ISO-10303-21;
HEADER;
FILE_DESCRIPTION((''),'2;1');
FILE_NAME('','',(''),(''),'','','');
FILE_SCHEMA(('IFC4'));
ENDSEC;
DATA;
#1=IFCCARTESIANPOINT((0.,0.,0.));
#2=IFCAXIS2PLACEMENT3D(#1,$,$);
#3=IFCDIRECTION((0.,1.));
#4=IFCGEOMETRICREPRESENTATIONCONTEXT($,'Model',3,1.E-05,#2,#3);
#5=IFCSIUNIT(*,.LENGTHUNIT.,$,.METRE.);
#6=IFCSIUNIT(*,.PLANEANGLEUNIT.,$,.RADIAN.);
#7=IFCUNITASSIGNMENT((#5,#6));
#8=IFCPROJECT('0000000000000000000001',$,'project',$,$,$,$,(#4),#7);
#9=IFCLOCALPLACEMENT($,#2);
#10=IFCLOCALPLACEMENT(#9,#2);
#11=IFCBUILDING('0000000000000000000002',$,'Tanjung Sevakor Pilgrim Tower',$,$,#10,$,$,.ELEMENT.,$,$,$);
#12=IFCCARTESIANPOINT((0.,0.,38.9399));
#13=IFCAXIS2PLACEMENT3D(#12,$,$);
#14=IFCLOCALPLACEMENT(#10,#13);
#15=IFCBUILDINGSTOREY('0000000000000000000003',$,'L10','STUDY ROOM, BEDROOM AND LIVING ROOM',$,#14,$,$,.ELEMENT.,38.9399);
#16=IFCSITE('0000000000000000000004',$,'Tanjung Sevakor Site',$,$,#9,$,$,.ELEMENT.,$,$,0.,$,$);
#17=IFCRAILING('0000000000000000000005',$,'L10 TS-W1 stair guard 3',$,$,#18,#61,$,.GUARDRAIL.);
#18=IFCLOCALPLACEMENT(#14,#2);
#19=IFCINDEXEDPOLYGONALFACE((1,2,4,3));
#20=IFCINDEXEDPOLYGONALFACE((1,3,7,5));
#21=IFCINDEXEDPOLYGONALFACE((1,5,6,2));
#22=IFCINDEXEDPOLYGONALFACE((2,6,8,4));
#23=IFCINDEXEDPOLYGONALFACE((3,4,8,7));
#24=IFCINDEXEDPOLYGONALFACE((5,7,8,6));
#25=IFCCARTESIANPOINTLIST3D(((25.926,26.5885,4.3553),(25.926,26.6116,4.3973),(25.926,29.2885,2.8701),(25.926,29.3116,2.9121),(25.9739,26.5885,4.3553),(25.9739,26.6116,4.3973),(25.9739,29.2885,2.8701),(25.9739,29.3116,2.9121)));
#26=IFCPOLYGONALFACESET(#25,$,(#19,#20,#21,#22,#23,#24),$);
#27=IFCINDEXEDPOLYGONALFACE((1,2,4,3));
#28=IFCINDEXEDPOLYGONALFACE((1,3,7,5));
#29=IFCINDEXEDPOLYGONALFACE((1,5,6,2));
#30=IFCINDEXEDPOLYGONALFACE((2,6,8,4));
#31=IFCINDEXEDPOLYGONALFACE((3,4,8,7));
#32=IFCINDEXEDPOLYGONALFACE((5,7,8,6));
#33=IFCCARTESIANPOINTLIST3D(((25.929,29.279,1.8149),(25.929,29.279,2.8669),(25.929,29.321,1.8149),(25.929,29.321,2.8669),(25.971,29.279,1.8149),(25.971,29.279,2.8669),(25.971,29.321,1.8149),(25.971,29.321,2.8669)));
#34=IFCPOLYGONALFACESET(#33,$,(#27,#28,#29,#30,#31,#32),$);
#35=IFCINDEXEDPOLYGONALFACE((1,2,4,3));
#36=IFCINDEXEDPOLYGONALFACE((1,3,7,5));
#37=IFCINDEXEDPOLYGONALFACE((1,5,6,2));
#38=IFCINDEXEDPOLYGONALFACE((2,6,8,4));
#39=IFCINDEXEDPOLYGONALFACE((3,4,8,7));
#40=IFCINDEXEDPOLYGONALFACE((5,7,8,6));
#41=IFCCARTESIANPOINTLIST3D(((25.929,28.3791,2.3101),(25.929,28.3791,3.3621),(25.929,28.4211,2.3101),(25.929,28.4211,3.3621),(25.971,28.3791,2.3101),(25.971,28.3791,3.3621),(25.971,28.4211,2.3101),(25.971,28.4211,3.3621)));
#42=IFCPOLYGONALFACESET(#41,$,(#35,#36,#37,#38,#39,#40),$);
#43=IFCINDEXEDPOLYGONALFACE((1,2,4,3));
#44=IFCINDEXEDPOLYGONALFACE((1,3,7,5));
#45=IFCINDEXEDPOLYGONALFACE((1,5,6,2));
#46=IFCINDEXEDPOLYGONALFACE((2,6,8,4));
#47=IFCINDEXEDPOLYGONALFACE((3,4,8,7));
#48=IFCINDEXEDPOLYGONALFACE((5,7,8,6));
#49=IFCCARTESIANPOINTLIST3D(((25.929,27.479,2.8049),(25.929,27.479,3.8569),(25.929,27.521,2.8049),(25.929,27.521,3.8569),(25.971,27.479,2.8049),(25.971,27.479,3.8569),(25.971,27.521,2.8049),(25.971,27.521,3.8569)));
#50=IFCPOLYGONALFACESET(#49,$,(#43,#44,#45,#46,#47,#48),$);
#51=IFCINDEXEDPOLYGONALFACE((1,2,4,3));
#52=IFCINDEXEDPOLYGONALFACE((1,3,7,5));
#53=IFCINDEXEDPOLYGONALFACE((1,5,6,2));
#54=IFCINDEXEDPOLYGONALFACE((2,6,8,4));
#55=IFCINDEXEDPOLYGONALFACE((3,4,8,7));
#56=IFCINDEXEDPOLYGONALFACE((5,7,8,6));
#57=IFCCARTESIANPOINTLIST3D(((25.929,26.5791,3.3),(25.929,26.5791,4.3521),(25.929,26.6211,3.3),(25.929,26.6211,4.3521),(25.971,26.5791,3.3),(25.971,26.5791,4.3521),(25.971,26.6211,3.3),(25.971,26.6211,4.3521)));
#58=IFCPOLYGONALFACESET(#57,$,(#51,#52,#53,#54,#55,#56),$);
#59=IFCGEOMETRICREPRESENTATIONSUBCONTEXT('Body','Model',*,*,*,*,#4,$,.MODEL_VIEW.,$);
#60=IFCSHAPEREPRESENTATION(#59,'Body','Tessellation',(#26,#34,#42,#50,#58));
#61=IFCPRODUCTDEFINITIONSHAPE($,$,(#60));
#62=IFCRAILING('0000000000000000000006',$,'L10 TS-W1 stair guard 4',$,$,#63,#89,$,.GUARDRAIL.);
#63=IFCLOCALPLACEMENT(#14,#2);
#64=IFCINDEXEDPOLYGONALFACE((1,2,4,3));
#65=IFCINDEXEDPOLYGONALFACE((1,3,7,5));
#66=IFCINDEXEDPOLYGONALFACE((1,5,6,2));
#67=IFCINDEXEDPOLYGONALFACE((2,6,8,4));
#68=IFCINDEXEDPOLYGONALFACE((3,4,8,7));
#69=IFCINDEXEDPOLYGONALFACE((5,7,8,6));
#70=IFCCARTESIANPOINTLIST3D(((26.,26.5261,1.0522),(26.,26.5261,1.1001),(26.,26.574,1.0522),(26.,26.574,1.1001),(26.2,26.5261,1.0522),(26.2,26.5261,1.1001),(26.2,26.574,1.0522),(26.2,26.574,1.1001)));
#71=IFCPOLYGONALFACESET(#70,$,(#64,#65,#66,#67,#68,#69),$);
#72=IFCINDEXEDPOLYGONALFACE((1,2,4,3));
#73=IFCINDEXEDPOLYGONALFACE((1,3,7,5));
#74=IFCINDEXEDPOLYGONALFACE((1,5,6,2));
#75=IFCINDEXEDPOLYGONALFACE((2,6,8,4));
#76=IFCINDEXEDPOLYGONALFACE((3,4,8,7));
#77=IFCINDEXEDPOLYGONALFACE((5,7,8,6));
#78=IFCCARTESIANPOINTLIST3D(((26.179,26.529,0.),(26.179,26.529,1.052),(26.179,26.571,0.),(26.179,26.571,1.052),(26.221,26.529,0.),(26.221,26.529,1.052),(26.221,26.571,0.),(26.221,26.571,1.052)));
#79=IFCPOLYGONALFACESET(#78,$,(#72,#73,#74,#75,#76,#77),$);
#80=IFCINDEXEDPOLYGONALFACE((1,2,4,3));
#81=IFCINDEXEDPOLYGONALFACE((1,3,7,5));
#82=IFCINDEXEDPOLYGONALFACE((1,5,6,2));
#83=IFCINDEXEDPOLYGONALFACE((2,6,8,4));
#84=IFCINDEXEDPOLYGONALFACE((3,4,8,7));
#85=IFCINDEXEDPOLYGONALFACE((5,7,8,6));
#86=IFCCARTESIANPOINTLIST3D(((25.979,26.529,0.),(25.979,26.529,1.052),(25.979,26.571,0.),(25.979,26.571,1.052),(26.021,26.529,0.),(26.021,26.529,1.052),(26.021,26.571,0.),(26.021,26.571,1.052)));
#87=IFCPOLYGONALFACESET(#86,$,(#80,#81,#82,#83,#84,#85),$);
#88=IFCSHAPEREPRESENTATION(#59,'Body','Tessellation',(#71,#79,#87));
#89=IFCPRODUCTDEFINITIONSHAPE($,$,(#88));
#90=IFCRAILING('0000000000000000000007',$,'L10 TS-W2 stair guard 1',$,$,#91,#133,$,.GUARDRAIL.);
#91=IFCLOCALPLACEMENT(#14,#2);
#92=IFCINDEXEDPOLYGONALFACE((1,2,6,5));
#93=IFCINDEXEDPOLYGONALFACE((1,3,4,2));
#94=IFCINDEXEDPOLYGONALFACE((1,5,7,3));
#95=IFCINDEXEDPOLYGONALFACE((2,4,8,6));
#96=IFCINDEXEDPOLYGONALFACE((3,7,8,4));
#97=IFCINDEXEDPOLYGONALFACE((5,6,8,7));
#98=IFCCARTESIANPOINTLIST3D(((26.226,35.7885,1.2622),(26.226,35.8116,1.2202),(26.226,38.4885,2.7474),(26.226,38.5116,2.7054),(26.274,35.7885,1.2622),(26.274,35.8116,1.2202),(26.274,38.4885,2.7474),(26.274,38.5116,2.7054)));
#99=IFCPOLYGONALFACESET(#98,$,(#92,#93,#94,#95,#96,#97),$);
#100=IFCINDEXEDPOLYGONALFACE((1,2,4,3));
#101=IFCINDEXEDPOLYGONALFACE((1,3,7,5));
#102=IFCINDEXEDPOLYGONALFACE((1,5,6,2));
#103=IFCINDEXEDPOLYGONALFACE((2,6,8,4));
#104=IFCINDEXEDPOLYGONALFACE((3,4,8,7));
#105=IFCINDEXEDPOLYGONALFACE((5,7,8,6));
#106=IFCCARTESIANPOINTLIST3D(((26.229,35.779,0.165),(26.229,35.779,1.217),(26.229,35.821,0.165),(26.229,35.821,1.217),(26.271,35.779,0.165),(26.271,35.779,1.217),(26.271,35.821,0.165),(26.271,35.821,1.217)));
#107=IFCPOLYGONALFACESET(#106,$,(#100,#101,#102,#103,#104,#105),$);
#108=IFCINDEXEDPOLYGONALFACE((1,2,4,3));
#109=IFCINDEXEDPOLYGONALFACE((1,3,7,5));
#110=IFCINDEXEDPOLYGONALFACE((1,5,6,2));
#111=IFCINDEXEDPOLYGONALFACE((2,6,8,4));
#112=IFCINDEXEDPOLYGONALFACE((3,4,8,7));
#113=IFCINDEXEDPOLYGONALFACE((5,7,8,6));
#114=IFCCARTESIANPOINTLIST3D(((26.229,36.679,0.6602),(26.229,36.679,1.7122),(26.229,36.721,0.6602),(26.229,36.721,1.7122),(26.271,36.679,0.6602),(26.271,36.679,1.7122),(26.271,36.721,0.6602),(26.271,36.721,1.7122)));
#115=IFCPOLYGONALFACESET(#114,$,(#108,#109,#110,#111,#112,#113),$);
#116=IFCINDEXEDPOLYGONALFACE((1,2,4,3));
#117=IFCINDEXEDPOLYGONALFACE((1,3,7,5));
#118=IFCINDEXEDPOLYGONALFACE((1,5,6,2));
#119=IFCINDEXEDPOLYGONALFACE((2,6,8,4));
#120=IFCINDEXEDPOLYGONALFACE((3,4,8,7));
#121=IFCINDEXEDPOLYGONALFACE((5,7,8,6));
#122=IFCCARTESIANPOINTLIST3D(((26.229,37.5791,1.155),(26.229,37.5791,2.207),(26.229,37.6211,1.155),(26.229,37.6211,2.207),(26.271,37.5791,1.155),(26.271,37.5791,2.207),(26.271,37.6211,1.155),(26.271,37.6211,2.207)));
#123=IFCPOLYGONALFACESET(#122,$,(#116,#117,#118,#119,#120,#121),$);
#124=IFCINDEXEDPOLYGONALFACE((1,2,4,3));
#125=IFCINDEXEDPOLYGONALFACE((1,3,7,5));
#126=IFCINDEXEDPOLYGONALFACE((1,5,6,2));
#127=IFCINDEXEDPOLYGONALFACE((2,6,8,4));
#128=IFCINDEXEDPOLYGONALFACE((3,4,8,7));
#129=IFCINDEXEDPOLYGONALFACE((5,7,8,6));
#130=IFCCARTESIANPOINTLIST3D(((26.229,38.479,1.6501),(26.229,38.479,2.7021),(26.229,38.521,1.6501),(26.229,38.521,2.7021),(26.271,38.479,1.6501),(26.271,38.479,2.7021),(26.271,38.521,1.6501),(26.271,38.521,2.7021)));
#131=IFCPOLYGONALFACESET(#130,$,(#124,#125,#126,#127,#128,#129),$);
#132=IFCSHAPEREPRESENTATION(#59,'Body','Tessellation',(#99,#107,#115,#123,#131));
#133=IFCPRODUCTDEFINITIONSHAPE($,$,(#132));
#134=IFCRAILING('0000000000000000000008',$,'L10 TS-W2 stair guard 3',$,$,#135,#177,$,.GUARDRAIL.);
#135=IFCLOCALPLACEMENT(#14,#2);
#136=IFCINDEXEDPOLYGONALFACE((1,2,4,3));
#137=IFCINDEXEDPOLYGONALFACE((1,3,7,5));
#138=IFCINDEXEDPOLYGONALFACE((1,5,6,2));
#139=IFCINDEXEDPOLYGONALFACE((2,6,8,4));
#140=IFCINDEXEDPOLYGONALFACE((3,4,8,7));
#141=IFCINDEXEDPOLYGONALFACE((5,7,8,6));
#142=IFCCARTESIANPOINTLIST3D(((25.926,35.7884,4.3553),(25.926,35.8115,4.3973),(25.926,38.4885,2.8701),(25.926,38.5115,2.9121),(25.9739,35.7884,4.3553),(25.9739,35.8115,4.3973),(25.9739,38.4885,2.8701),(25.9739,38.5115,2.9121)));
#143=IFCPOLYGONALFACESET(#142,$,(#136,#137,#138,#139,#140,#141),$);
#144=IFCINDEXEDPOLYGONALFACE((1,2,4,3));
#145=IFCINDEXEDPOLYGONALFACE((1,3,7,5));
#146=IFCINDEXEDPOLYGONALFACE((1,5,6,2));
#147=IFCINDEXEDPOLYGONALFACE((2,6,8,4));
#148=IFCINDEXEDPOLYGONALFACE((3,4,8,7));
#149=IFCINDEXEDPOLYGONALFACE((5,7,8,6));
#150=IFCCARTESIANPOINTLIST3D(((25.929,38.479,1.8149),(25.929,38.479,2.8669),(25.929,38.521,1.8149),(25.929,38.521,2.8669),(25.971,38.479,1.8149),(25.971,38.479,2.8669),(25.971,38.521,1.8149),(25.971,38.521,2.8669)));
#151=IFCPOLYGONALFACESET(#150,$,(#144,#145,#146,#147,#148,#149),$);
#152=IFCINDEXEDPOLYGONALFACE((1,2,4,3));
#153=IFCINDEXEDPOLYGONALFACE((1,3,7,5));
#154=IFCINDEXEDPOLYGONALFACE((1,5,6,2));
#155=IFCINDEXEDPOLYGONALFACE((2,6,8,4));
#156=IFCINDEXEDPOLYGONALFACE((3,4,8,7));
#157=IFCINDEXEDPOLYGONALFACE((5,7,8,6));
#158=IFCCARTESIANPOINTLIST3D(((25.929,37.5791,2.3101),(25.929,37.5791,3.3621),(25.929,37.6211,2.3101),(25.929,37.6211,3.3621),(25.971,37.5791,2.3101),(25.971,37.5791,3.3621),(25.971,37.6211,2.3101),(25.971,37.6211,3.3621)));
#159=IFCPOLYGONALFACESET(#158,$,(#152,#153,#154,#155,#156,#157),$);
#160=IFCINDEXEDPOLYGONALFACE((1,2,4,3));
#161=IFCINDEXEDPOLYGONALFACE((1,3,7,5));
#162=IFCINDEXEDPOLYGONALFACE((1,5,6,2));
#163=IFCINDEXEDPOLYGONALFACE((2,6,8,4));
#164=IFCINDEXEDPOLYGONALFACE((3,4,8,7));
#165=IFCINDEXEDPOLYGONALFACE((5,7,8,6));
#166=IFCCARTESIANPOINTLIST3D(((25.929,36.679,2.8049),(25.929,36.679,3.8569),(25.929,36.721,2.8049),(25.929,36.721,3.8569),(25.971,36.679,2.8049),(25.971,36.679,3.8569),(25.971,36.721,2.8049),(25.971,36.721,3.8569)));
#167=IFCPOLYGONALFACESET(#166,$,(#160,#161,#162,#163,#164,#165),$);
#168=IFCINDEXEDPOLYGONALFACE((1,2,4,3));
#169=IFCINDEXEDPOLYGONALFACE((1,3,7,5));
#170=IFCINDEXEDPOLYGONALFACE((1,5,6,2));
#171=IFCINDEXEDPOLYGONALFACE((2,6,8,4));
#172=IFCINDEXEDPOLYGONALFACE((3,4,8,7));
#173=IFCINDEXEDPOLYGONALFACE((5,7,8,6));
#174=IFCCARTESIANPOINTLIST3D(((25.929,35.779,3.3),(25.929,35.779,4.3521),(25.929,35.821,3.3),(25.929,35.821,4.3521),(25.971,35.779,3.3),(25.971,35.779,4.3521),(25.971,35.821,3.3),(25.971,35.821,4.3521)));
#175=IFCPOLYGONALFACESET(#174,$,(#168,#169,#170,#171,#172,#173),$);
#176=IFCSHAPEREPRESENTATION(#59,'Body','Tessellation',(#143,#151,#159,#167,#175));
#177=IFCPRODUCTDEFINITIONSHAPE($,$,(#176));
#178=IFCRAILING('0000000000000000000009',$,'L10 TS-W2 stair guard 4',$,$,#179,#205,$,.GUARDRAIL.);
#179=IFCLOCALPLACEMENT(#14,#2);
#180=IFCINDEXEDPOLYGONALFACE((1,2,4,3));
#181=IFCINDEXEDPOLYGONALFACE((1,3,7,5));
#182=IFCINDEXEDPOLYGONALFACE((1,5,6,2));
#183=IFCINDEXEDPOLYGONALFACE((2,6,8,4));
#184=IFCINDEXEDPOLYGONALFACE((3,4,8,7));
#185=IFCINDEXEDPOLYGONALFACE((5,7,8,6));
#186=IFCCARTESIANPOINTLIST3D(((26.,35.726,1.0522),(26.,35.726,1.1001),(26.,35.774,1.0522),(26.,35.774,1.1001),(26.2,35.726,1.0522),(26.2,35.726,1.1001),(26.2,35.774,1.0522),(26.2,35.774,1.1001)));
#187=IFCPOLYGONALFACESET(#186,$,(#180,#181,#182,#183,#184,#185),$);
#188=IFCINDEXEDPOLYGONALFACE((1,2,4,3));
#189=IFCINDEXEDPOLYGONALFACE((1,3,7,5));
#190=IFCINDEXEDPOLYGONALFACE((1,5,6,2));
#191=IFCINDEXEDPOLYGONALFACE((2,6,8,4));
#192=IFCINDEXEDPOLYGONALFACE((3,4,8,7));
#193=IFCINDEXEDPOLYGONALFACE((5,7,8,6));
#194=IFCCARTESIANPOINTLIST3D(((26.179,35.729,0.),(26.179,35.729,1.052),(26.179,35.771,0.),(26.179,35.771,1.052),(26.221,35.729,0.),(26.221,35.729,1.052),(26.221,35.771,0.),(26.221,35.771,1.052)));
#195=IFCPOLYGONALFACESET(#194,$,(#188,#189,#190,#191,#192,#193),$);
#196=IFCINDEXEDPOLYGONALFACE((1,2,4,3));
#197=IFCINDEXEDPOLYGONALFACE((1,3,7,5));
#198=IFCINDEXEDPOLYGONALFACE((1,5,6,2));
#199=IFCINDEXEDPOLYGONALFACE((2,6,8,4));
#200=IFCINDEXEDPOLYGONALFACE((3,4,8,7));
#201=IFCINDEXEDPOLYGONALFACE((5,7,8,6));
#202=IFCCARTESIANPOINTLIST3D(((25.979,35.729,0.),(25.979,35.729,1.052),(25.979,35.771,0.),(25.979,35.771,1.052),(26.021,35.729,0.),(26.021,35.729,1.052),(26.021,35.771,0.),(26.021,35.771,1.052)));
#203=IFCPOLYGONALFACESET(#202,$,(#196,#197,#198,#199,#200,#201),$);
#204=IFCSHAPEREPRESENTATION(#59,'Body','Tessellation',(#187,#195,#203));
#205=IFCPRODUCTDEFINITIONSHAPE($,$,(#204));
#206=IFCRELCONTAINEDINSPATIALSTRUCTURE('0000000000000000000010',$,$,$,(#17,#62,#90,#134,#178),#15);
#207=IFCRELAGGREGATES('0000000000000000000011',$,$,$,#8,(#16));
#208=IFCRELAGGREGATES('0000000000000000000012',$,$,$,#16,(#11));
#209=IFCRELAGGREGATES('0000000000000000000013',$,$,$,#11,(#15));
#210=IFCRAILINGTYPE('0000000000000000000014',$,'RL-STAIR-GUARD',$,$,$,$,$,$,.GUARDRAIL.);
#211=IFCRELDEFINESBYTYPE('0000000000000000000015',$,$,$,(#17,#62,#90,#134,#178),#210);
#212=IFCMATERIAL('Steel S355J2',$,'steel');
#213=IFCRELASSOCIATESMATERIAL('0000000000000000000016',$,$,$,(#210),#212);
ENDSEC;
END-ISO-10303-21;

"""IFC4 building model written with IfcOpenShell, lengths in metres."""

from ifc_helpers import new_model, si_unit, direction, frame, origin, place, context, subcontext, project, spatial, rectangle, extrude, material, type_object, element, save


model = new_model("IFC4")

# Units and contexts
model_context = context("Model", 3, precision=1e-05, world=origin(), true_north=direction((0.0, 1.0)))
body_context = subcontext(model_context, "Body", "Model", "MODEL_VIEW")
ifc_project = project(units=[si_unit("LENGTHUNIT", "METRE"), si_unit("PLANEANGLEUNIT", "RADIAN")], contexts=[model_context])

# Site, building, storey
site_placement = place(None, origin())
site = spatial("IfcSite", under=ifc_project, at=site_placement, Name="Tanjung Sevakor Site", CompositionType="ELEMENT", RefElevation=0.0)
building_placement = place(site_placement, origin())
building = spatial("IfcBuilding", under=site, at=building_placement, Name="Tanjung Sevakor Pilgrim Tower", CompositionType="ELEMENT")
storey_placement = place(building_placement, frame((0.0, 0.0, 38.9399)))
storey = spatial("IfcBuildingStorey", under=building, at=storey_placement, Name="L10", Description="STUDY ROOM, BEDROOM AND LIVING ROOM", CompositionType="ELEMENT", Elevation=38.9399)

# Railings
ifc_material_1 = material(Name="Steel S355J2", Category="steel")
railing_type_1 = type_object("IfcRailingType", Name="RL-STAIR-GUARD", PredefinedType="GUARDRAIL", material=ifc_material_1)
railing_1_placement = place(storey_placement, frame((25.95, 29.3, 1.8149)))
element("IfcRailing", 1, at=railing_1_placement, inside=storey, type_object=railing_type_1, Name="L10 TS-W1 stair guard 3", PredefinedType="GUARDRAIL", context=body_context, shape_type="SweptSolid", body=[
    extrude(rectangle(XDim=0.0479, YDim=0.0479), frame((0.0, 0.0, 1.0762), z_axis=(0.0, -0.876198, 0.481952), x_axis=(1.0, 0.0, 0.0)), (0.0, 0.0, 1.0), 3.0815),
    extrude(rectangle(XDim=0.042, YDim=0.042), origin(), (0.0, 0.0, 1.0), 1.052),
    extrude(rectangle(XDim=0.042, YDim=0.042), frame((0.0, -0.8999, 0.4951)), (0.0, 0.0, 1.0), 1.052),
    extrude(rectangle(XDim=0.042, YDim=0.042), frame((0.0, -1.8, 0.99)), (0.0, 0.0, 1.0), 1.052),
    extrude(rectangle(XDim=0.042, YDim=0.042), frame((0.0, -2.7, 1.4851)), (0.0, 0.0, 1.0), 1.052),
])
railing_2_placement = place(storey_placement, frame((26.2, 26.55, 0.0)))
element("IfcRailing", 2, at=railing_2_placement, inside=storey, type_object=railing_type_1, Name="L10 TS-W1 stair guard 4", PredefinedType="GUARDRAIL", context=body_context, shape_type="SweptSolid", body=[
    extrude(rectangle(XDim=0.0479, YDim=0.0479), frame((0.0, 0.0, 1.0762), z_axis=(-1.0, 0.0, 0.0), x_axis=(0.0, -1.0, 0.0)), (0.0, 0.0, 1.0), 0.2),
    extrude(rectangle(XDim=0.042, YDim=0.042), origin(), (0.0, 0.0, 1.0), 1.052),
    extrude(rectangle(XDim=0.042, YDim=0.042), frame((-0.2, 0.0, 0.0)), (0.0, 0.0, 1.0), 1.052),
])
railing_3_placement = place(storey_placement, frame((26.25, 35.8, 0.165)))
element("IfcRailing", 3, at=railing_3_placement, inside=storey, type_object=railing_type_1, Name="L10 TS-W2 stair guard 1", PredefinedType="GUARDRAIL", context=body_context, shape_type="SweptSolid", body=[
    extrude(rectangle(XDim=0.0479, YDim=0.0479), frame((0.0, 0.0, 1.0762), z_axis=(0.0, 0.876198, 0.481952), x_axis=(-1.0, 0.0, 0.0)), (0.0, 0.0, 1.0), 3.0815),
    extrude(rectangle(XDim=0.042, YDim=0.042), origin(), (0.0, 0.0, 1.0), 1.052),
    extrude(rectangle(XDim=0.042, YDim=0.042), frame((0.0, 0.8999, 0.4951)), (0.0, 0.0, 1.0), 1.052),
    extrude(rectangle(XDim=0.042, YDim=0.042), frame((0.0, 1.8, 0.99)), (0.0, 0.0, 1.0), 1.052),
    extrude(rectangle(XDim=0.042, YDim=0.042), frame((0.0, 2.7, 1.4851)), (0.0, 0.0, 1.0), 1.052),
])
railing_4_placement = place(storey_placement, frame((25.95, 38.5, 1.8149)))
element("IfcRailing", 4, at=railing_4_placement, inside=storey, type_object=railing_type_1, Name="L10 TS-W2 stair guard 3", PredefinedType="GUARDRAIL", context=body_context, shape_type="SweptSolid", body=[
    extrude(rectangle(XDim=0.0479, YDim=0.0479), frame((0.0, 0.0, 1.0762), z_axis=(0.0, -0.876198, 0.481952), x_axis=(1.0, 0.0, 0.0)), (0.0, 0.0, 1.0), 3.0815),
    extrude(rectangle(XDim=0.042, YDim=0.042), origin(), (0.0, 0.0, 1.0), 1.052),
    extrude(rectangle(XDim=0.042, YDim=0.042), frame((0.0, -0.8999, 0.4951)), (0.0, 0.0, 1.0), 1.052),
    extrude(rectangle(XDim=0.042, YDim=0.042), frame((0.0, -1.8, 0.99)), (0.0, 0.0, 1.0), 1.052),
    extrude(rectangle(XDim=0.042, YDim=0.042), frame((0.0, -2.7, 1.4851)), (0.0, 0.0, 1.0), 1.052),
])
railing_5_placement = place(storey_placement, frame((26.2, 35.75, 0.0)))
element("IfcRailing", 5, at=railing_5_placement, inside=storey, type_object=railing_type_1, Name="L10 TS-W2 stair guard 4", PredefinedType="GUARDRAIL", context=body_context, shape_type="SweptSolid", body=[
    extrude(rectangle(XDim=0.0479, YDim=0.0479), frame((0.0, 0.0, 1.0762), z_axis=(-1.0, 0.0, 0.0), x_axis=(0.0, -1.0, 0.0)), (0.0, 0.0, 1.0), 0.2),
    extrude(rectangle(XDim=0.042, YDim=0.042), origin(), (0.0, 0.0, 1.0), 1.052),
    extrude(rectangle(XDim=0.042, YDim=0.042), frame((-0.2, 0.0, 0.0)), (0.0, 0.0, 1.0), 1.052),
])

save(model, "model.ifc")
